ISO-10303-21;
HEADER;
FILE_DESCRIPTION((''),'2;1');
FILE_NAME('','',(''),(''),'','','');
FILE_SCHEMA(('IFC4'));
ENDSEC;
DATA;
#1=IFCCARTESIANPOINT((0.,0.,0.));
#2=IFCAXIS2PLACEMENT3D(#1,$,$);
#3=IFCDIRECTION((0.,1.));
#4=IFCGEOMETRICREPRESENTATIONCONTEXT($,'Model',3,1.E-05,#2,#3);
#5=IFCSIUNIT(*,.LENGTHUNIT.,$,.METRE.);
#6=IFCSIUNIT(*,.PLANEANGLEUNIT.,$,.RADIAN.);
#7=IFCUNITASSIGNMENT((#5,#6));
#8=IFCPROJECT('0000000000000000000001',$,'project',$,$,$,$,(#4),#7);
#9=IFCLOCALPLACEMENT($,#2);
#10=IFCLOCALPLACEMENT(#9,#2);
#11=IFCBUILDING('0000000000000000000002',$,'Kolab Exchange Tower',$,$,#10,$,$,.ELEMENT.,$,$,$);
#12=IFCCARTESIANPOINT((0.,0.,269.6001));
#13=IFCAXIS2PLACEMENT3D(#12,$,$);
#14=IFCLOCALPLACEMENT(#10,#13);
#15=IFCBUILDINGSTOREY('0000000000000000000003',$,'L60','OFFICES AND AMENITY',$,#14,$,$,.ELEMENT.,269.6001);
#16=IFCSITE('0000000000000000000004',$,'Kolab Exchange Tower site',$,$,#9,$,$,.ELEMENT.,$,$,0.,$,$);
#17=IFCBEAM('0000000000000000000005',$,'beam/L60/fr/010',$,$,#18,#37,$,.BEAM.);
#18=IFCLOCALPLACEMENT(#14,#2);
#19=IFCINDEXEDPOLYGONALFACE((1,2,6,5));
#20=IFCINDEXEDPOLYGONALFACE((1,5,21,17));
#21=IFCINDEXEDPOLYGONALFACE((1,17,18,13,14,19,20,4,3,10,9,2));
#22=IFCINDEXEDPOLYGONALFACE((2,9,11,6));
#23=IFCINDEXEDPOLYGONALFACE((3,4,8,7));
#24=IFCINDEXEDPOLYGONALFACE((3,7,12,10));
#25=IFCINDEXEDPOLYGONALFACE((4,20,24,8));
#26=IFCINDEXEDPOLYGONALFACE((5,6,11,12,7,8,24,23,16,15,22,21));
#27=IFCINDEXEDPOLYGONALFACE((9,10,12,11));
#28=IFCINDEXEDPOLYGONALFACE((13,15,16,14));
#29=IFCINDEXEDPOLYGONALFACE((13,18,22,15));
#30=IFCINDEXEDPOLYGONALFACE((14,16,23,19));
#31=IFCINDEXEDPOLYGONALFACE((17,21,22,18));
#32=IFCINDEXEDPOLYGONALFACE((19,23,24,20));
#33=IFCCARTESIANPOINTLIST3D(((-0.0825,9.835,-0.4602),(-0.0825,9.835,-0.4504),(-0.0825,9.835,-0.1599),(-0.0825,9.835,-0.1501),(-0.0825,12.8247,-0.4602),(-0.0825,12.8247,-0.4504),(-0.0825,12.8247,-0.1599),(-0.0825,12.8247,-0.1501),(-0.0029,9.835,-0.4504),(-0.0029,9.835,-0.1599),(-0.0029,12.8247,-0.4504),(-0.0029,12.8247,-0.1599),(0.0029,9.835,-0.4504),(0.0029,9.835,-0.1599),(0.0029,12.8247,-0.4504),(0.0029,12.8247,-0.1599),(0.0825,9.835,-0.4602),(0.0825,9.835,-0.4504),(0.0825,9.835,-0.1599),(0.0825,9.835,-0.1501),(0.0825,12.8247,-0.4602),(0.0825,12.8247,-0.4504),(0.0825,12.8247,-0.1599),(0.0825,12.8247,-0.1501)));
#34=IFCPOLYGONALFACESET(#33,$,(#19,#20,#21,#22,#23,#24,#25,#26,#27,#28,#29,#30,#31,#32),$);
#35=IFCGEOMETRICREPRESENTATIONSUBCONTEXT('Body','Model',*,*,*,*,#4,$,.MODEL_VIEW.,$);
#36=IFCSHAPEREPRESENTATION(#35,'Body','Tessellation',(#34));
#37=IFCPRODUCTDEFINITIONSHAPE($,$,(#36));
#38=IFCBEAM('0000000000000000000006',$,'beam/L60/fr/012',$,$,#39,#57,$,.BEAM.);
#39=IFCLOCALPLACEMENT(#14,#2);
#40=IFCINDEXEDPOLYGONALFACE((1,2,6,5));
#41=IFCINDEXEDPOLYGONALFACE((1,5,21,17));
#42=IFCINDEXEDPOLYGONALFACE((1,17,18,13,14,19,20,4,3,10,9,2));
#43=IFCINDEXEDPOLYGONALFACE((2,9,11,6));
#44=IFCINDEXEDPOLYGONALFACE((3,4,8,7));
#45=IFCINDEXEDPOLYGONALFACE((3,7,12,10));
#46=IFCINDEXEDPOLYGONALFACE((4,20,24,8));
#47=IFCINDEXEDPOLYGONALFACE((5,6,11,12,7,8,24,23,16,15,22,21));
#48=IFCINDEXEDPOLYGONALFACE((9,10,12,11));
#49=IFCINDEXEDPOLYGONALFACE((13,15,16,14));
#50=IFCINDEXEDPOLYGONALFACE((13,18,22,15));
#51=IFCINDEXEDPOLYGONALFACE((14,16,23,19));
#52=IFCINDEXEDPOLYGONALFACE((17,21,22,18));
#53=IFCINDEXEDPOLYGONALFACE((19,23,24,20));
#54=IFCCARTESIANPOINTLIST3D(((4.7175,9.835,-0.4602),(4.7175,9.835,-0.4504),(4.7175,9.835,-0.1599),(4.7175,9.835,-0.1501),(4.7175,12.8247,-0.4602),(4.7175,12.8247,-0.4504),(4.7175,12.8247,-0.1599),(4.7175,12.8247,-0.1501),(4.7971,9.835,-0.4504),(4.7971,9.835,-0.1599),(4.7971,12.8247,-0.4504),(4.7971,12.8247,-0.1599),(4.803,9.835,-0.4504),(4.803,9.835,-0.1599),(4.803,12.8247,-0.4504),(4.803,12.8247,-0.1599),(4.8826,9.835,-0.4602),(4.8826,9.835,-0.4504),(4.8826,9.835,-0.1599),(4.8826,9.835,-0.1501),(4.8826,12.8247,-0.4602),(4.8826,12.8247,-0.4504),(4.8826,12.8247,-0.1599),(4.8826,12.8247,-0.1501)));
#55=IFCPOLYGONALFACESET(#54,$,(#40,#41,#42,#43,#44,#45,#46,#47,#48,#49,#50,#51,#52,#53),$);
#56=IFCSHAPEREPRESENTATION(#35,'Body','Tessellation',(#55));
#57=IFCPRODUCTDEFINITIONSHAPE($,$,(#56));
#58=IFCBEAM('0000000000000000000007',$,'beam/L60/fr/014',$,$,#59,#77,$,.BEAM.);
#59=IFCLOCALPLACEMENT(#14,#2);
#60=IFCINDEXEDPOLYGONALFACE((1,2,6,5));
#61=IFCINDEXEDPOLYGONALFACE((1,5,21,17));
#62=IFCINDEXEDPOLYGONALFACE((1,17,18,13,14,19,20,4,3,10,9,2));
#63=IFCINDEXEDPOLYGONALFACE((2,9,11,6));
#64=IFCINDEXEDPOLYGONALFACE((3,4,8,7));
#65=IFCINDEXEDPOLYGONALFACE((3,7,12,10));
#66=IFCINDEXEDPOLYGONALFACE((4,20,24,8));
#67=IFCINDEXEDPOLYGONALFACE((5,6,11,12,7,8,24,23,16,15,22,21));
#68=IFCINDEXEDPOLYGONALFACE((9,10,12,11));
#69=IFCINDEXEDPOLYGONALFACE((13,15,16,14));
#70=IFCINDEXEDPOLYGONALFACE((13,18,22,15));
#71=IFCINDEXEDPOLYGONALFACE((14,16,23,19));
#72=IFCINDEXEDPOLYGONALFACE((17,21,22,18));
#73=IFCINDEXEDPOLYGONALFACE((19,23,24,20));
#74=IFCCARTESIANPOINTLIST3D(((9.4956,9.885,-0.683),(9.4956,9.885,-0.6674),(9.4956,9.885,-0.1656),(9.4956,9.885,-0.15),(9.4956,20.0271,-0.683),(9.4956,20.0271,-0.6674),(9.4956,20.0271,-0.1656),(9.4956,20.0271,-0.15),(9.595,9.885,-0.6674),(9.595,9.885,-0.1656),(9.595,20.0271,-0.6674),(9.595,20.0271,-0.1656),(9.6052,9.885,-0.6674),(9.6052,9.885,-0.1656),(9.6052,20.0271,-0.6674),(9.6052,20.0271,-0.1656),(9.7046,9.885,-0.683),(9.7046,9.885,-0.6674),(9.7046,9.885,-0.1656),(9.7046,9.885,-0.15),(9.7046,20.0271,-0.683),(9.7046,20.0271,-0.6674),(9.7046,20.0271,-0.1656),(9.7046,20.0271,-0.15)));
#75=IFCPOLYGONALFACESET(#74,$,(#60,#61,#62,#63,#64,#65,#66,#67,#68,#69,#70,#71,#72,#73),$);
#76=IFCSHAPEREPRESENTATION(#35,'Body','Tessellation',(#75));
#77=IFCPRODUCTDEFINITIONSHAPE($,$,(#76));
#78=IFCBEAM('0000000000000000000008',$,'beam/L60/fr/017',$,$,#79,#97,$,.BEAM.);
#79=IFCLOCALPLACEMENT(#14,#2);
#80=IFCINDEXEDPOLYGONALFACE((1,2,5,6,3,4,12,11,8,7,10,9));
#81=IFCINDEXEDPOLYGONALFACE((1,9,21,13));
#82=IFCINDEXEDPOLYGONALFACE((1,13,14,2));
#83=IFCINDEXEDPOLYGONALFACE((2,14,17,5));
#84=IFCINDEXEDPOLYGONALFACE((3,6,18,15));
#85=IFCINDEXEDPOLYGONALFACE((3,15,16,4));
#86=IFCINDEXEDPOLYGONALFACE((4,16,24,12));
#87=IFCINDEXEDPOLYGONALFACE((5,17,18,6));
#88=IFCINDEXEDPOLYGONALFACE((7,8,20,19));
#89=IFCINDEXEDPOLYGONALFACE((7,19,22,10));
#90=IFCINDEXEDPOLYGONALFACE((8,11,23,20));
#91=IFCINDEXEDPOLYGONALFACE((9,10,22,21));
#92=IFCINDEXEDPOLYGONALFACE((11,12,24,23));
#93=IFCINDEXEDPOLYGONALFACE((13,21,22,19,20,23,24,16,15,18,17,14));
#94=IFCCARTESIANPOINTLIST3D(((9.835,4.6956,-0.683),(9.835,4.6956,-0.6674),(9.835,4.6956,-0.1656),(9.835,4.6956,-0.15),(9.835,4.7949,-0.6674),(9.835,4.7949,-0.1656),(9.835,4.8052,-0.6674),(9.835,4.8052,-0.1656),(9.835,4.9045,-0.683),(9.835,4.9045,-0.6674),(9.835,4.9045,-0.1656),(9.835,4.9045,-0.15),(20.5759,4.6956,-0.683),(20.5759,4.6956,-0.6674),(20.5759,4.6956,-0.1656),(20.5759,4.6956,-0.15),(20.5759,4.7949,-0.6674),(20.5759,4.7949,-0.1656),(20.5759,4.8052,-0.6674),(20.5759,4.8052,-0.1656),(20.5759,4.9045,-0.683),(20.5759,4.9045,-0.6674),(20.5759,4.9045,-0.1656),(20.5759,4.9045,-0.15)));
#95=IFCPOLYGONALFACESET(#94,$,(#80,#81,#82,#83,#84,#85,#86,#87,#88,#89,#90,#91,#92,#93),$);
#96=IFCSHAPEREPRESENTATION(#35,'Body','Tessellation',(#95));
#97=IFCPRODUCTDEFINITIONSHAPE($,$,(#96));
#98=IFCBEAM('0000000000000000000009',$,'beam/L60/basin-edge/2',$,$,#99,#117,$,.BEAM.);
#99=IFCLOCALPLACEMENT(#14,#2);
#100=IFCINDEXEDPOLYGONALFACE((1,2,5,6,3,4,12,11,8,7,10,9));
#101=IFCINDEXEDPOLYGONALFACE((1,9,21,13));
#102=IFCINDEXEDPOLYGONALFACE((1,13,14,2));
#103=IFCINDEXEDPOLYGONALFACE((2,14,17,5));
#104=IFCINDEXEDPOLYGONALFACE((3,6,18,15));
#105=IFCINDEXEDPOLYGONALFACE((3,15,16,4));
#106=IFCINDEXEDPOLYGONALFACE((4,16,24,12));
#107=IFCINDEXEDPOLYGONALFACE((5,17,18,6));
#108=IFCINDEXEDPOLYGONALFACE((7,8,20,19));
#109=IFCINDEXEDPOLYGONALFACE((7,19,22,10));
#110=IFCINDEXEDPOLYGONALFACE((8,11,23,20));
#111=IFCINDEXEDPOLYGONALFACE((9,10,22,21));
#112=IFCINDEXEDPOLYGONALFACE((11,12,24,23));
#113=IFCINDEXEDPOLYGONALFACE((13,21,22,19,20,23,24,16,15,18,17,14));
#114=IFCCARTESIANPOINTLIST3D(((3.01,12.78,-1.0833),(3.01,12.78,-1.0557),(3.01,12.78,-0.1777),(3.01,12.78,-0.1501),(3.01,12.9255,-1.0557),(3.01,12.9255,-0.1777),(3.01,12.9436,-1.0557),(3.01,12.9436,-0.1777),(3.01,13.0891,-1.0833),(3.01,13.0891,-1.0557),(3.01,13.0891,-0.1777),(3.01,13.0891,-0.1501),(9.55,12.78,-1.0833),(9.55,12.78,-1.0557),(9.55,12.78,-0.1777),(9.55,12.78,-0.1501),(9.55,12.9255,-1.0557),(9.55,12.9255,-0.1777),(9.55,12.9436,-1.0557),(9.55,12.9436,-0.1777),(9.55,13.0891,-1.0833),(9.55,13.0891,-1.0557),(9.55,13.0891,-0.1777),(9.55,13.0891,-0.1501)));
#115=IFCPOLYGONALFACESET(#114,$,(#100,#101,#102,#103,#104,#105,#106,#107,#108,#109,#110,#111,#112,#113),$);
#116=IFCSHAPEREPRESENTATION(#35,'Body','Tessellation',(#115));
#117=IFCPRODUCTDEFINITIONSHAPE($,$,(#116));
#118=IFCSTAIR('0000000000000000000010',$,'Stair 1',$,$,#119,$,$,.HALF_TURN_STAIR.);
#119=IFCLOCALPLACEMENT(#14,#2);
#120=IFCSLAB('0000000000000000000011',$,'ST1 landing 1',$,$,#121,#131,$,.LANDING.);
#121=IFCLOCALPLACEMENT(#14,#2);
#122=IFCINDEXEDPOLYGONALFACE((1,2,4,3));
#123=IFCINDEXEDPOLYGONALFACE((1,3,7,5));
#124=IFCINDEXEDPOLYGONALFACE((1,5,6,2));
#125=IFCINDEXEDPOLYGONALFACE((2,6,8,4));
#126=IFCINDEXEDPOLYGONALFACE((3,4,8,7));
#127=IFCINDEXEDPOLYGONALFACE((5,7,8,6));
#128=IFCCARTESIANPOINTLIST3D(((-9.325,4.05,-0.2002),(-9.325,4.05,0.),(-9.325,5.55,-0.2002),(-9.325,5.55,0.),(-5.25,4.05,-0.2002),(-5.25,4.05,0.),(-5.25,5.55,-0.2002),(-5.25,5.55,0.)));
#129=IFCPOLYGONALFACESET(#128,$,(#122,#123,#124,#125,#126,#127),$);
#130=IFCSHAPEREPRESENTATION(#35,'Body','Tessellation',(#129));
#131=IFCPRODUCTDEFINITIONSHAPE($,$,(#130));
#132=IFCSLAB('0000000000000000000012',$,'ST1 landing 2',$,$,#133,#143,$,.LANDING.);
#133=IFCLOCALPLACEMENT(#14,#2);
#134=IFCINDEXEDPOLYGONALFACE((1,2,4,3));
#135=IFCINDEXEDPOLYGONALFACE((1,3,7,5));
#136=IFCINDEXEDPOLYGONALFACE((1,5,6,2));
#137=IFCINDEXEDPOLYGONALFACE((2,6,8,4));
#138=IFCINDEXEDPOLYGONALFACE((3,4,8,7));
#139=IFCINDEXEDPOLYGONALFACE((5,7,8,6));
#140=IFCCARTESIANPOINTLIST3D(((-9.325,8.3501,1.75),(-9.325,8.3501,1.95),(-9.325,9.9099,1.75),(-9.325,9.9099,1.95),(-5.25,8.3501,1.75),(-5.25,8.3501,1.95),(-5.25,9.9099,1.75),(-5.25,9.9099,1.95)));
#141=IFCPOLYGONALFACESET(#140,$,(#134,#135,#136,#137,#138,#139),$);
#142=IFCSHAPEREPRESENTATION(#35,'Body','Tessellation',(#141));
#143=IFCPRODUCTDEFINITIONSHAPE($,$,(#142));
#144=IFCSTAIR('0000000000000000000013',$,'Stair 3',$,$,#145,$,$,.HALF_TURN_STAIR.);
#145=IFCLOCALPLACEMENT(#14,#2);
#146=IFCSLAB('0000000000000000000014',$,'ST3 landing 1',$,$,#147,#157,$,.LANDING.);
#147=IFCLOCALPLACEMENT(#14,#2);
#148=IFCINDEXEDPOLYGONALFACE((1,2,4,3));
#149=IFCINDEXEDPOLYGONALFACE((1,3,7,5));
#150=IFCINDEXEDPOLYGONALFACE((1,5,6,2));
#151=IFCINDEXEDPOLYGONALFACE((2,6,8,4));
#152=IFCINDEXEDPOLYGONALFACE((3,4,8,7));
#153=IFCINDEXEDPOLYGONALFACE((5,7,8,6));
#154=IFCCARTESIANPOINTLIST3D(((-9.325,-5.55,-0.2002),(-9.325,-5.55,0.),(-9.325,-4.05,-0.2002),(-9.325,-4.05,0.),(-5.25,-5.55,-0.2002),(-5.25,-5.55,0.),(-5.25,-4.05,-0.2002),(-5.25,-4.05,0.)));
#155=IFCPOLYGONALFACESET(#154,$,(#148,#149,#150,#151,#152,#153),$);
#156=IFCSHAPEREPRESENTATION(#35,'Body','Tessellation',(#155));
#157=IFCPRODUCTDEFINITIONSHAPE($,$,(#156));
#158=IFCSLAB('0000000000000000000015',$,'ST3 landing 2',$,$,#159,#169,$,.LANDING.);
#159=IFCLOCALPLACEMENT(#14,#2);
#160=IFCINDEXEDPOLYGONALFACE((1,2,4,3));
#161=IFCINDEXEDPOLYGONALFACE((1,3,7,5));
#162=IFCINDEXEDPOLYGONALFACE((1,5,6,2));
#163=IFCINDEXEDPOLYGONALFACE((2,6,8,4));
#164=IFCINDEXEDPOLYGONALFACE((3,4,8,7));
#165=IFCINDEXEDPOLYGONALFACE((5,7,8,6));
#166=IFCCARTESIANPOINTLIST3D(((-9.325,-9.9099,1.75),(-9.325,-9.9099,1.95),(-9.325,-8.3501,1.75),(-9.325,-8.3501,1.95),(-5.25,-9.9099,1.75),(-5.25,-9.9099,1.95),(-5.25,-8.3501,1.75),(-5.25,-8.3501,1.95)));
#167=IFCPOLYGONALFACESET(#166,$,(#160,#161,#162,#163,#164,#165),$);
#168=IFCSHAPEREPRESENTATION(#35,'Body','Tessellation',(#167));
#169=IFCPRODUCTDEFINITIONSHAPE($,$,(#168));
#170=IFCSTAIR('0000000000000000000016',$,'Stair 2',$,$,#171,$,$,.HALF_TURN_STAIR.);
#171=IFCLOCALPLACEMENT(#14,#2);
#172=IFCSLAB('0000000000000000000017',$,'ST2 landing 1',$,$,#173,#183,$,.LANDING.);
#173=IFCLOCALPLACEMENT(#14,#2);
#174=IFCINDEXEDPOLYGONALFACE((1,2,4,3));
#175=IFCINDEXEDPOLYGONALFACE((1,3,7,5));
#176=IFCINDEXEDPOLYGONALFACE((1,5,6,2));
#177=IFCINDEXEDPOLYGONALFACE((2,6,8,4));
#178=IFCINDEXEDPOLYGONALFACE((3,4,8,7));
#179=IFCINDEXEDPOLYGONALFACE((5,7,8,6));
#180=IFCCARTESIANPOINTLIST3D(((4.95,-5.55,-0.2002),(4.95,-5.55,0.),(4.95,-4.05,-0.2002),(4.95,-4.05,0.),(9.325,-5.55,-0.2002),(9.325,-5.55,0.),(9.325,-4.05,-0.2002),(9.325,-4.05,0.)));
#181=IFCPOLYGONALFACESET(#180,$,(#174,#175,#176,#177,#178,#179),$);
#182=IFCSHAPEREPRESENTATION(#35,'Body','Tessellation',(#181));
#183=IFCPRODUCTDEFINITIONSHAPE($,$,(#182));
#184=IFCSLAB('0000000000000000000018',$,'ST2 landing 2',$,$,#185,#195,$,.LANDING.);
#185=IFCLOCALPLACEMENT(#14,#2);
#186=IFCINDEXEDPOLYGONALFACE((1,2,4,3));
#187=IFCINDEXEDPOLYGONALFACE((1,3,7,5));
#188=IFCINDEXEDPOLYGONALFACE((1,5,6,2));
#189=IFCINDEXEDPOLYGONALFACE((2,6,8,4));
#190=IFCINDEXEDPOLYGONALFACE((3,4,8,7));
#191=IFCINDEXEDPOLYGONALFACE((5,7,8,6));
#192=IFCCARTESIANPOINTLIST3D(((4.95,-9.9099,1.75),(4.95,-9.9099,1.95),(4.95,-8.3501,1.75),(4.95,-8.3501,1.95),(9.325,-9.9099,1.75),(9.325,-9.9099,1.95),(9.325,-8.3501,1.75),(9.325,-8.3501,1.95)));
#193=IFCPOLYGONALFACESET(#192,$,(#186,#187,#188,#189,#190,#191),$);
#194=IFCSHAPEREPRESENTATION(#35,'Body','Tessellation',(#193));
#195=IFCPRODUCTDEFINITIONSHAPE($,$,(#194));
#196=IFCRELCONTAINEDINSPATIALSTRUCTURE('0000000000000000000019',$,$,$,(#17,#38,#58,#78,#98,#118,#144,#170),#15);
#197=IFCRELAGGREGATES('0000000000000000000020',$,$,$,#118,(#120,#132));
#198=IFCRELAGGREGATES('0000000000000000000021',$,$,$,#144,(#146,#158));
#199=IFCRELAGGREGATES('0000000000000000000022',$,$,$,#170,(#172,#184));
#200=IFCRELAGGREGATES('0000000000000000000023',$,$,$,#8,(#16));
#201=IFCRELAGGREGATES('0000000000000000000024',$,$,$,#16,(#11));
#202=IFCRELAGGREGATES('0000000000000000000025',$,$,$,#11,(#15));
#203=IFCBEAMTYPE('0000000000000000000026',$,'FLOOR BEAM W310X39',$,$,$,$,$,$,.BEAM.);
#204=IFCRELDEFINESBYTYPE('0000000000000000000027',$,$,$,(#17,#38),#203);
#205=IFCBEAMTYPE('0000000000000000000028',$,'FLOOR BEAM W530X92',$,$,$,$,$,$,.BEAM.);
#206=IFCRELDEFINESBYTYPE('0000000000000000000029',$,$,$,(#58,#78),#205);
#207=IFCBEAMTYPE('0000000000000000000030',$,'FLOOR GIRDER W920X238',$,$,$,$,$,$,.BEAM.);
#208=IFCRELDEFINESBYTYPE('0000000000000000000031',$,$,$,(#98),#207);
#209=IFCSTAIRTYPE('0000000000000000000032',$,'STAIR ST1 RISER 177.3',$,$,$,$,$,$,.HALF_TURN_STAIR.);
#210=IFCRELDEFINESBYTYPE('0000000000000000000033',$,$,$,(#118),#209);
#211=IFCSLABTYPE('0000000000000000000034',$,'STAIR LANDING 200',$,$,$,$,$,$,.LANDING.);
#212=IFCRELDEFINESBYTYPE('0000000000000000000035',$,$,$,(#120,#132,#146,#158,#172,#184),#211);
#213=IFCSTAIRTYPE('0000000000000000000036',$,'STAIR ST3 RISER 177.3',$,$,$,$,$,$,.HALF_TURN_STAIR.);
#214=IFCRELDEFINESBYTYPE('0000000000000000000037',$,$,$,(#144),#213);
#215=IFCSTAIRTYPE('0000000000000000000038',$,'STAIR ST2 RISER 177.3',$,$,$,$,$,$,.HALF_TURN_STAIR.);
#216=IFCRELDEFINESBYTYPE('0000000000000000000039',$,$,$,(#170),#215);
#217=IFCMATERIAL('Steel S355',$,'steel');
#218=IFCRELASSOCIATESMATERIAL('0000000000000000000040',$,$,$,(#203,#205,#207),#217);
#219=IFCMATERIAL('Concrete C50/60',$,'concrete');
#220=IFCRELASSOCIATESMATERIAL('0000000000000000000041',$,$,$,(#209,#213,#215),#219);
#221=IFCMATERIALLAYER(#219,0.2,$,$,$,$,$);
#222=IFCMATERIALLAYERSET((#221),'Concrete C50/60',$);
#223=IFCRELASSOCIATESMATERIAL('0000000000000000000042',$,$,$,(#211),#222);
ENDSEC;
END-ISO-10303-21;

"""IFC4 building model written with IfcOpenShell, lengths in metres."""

from ifc_helpers import new_model, si_unit, direction, frame, origin, origin_2d, place, context, subcontext, project, spatial, polyline, i_section, outline, extrude, material, layer, layer_set, material_profile, profile_set, type_object, element, aggregate, save


model = new_model("IFC4")

# Units and contexts
model_context = context("Model", 3, precision=1e-05, world=origin(), true_north=direction((0.0, 1.0)))
body_context = subcontext(model_context, "Body", "Model", "MODEL_VIEW")
ifc_project = project(units=[si_unit("LENGTHUNIT", "METRE"), si_unit("PLANEANGLEUNIT", "RADIAN")], contexts=[model_context])

# Site, building, storey
site_placement = place(None, origin())
site = spatial("IfcSite", under=ifc_project, at=site_placement, Name="Kolab Exchange Tower site", CompositionType="ELEMENT", RefElevation=0.0)
building_placement = place(site_placement, origin())
building = spatial("IfcBuilding", under=site, at=building_placement, Name="Kolab Exchange Tower", CompositionType="ELEMENT")
storey_placement = place(building_placement, frame((0.0, 0.0, 269.6001)))
storey = spatial("IfcBuildingStorey", under=building, at=storey_placement, Name="L60", Description="OFFICES AND AMENITY", CompositionType="ELEMENT", Elevation=269.6001)

# Beams
ifc_material_1 = material(Name="Steel S355", Category="steel")
ifc_material_profile_1 = material_profile(ifc_material_1, i_section(OverallWidth=0.165, OverallDepth=0.3101, WebThickness=0.0059, FlangeThickness=0.0098, at=origin_2d()), Name="W310X39")
ifc_profile_set_1 = profile_set([ifc_material_profile_1], Name="Steel S355")
beam_type_1 = type_object("IfcBeamType", Name="FLOOR BEAM W310X39", PredefinedType="BEAM", material=ifc_profile_set_1)
for number, where, z_axis, x_axis, name in (
    (1, (0.0, 9.835, -0.3052), (0.0, 1.0, 0.0), (-1.0, 0.0, 0.0), "beam/L60/fr/010"),
    (2, (4.8, 9.835, -0.3052), (0.0, 1.0, 0.0), (-1.0, 0.0, 0.0), "beam/L60/fr/012"),
):
    element("IfcBeam", number, at=place(storey_placement, frame(where, z_axis=z_axis, x_axis=x_axis)), inside=storey, type_object=beam_type_1, Name=name, PredefinedType="BEAM", context=body_context, shape_type="SweptSolid", body=[
        extrude(i_section(OverallWidth=0.165, OverallDepth=0.3101, WebThickness=0.0059, FlangeThickness=0.0098, at=origin_2d()), origin(), (0.0, 0.0, 1.0), 2.9897),
    ])
ifc_material_profile_2 = material_profile(ifc_material_1, i_section(OverallWidth=0.209, OverallDepth=0.533, WebThickness=0.0103, FlangeThickness=0.0156, at=origin_2d()), Name="W530X92")
ifc_profile_set_2 = profile_set([ifc_material_profile_2], Name="Steel S355")
beam_type_2 = type_object("IfcBeamType", Name="FLOOR BEAM W530X92", PredefinedType="BEAM", material=ifc_profile_set_2)
beam_1_placement = place(storey_placement, frame((9.6001, 9.885, -0.4165), z_axis=(0.0, 1.0, 0.0), x_axis=(-1.0, 0.0, 0.0)))
element("IfcBeam", 3, at=beam_1_placement, inside=storey, type_object=beam_type_2, Name="beam/L60/fr/014", PredefinedType="BEAM", context=body_context, shape_type="SweptSolid", body=[
    extrude(i_section(OverallWidth=0.209, OverallDepth=0.533, WebThickness=0.0103, FlangeThickness=0.0156, at=origin_2d()), origin(), (0.0, 0.0, 1.0), 10.1421),
])
beam_2_placement = place(storey_placement, frame((9.835, 4.8, -0.4165), z_axis=(1.0, 0.0, 0.0), x_axis=(0.0, 1.0, 0.0)))
element("IfcBeam", 4, at=beam_2_placement, inside=storey, type_object=beam_type_2, Name="beam/L60/fr/017", PredefinedType="BEAM", context=body_context, shape_type="SweptSolid", body=[
    extrude(i_section(OverallWidth=0.209, OverallDepth=0.533, WebThickness=0.0103, FlangeThickness=0.0156, at=origin_2d()), origin(), (0.0, 0.0, 1.0), 10.741),
])
ifc_material_profile_3 = material_profile(ifc_material_1, i_section(OverallWidth=0.3091, OverallDepth=0.9331, WebThickness=0.0181, FlangeThickness=0.0276, at=origin_2d()), Name="W920X238")
ifc_profile_set_3 = profile_set([ifc_material_profile_3], Name="Steel S355")
beam_type_3 = type_object("IfcBeamType", Name="FLOOR GIRDER W920X238", PredefinedType="BEAM", material=ifc_profile_set_3)
beam_3_placement = place(storey_placement, frame((3.01, 12.9346, -0.6167), z_axis=(1.0, 0.0, 0.0), x_axis=(0.0, 1.0, 0.0)))
element("IfcBeam", 5, at=beam_3_placement, inside=storey, type_object=beam_type_3, Name="beam/L60/basin-edge/2", PredefinedType="BEAM", context=body_context, shape_type="SweptSolid", body=[
    extrude(i_section(OverallWidth=0.3091, OverallDepth=0.9331, WebThickness=0.0181, FlangeThickness=0.0276, at=origin_2d()), origin(), (0.0, 0.0, 1.0), 6.54),
])

# Stairs, slabs
ifc_material_2 = material(Name="Concrete C50/60", Category="concrete")
stair_type_1 = type_object("IfcStairType", Name="STAIR ST1 RISER 177.3", PredefinedType="HALF_TURN_STAIR", material=ifc_material_2)
stair_1_placement = place(storey_placement, origin())
stair_1 = element("IfcStair", 6, at=stair_1_placement, inside=storey, type_object=stair_type_1, Name="Stair 1", PredefinedType="HALF_TURN_STAIR")
ifc_layer_1 = layer(ifc_material_2, 0.2)
ifc_layer_set_1 = layer_set([ifc_layer_1], Name="Concrete C50/60")
slab_type = type_object("IfcSlabType", Name="STAIR LANDING 200", PredefinedType="LANDING", material=ifc_layer_set_1)
slab_1_placement = place(storey_placement, frame((0.0, 0.0, -0.2002)))
slab_1 = element("IfcSlab", 7, at=slab_1_placement, type_object=slab_type, Name="ST1 landing 1", PredefinedType="LANDING", context=body_context, shape_type="SweptSolid", body=[
    extrude(outline(polyline([(-9.325, 4.05), (-5.25, 4.05), (-5.25, 5.55), (-9.325, 5.55), (-9.325, 4.05)])), origin(), (0.0, 0.0, 1.0), 0.2002),
])
slab_2_placement = place(storey_placement, frame((0.0, 0.0, 1.75)))
slab_2 = element("IfcSlab", 8, at=slab_2_placement, type_object=slab_type, Name="ST1 landing 2", PredefinedType="LANDING", context=body_context, shape_type="SweptSolid", body=[
    extrude(outline(polyline([(-9.325, 8.3501), (-5.25, 8.3501), (-5.25, 9.9099), (-9.325, 9.9099), (-9.325, 8.3501)])), origin(), (0.0, 0.0, 1.0), 0.2),
])
aggregate(stair_1, [slab_1, slab_2])
stair_type_2 = type_object("IfcStairType", Name="STAIR ST3 RISER 177.3", PredefinedType="HALF_TURN_STAIR", material=ifc_material_2)
stair_2_placement = place(storey_placement, origin())
stair_2 = element("IfcStair", 9, at=stair_2_placement, inside=storey, type_object=stair_type_2, Name="Stair 3", PredefinedType="HALF_TURN_STAIR")
slab_3_placement = place(storey_placement, frame((0.0, 0.0, -0.2002)))
slab_3 = element("IfcSlab", 10, at=slab_3_placement, type_object=slab_type, Name="ST3 landing 1", PredefinedType="LANDING", context=body_context, shape_type="SweptSolid", body=[
    extrude(outline(polyline([(-9.325, -5.55), (-5.25, -5.55), (-5.25, -4.05), (-9.325, -4.05), (-9.325, -5.55)])), origin(), (0.0, 0.0, 1.0), 0.2002),
])
slab_4_placement = place(storey_placement, frame((0.0, 0.0, 1.75)))
slab_4 = element("IfcSlab", 11, at=slab_4_placement, type_object=slab_type, Name="ST3 landing 2", PredefinedType="LANDING", context=body_context, shape_type="SweptSolid", body=[
    extrude(outline(polyline([(-9.325, -9.9099), (-5.25, -9.9099), (-5.25, -8.3501), (-9.325, -8.3501), (-9.325, -9.9099)])), origin(), (0.0, 0.0, 1.0), 0.2),
])
aggregate(stair_2, [slab_3, slab_4])
stair_type_3 = type_object("IfcStairType", Name="STAIR ST2 RISER 177.3", PredefinedType="HALF_TURN_STAIR", material=ifc_material_2)
stair_3_placement = place(storey_placement, origin())
stair_3 = element("IfcStair", 12, at=stair_3_placement, inside=storey, type_object=stair_type_3, Name="Stair 2", PredefinedType="HALF_TURN_STAIR")
slab_5_placement = place(storey_placement, frame((0.0, 0.0, -0.2002)))
slab_5 = element("IfcSlab", 13, at=slab_5_placement, type_object=slab_type, Name="ST2 landing 1", PredefinedType="LANDING", context=body_context, shape_type="SweptSolid", body=[
    extrude(outline(polyline([(4.95, -5.55), (9.325, -5.55), (9.325, -4.05), (4.95, -4.05), (4.95, -5.55)])), origin(), (0.0, 0.0, 1.0), 0.2002),
])
slab_6_placement = place(storey_placement, frame((0.0, 0.0, 1.75)))
slab_6 = element("IfcSlab", 14, at=slab_6_placement, type_object=slab_type, Name="ST2 landing 2", PredefinedType="LANDING", context=body_context, shape_type="SweptSolid", body=[
    extrude(outline(polyline([(4.95, -9.9099), (9.325, -9.9099), (9.325, -8.3501), (4.95, -8.3501), (4.95, -9.9099)])), origin(), (0.0, 0.0, 1.0), 0.2),
])
aggregate(stair_3, [slab_5, slab_6])

save(model, "model.ifc")
